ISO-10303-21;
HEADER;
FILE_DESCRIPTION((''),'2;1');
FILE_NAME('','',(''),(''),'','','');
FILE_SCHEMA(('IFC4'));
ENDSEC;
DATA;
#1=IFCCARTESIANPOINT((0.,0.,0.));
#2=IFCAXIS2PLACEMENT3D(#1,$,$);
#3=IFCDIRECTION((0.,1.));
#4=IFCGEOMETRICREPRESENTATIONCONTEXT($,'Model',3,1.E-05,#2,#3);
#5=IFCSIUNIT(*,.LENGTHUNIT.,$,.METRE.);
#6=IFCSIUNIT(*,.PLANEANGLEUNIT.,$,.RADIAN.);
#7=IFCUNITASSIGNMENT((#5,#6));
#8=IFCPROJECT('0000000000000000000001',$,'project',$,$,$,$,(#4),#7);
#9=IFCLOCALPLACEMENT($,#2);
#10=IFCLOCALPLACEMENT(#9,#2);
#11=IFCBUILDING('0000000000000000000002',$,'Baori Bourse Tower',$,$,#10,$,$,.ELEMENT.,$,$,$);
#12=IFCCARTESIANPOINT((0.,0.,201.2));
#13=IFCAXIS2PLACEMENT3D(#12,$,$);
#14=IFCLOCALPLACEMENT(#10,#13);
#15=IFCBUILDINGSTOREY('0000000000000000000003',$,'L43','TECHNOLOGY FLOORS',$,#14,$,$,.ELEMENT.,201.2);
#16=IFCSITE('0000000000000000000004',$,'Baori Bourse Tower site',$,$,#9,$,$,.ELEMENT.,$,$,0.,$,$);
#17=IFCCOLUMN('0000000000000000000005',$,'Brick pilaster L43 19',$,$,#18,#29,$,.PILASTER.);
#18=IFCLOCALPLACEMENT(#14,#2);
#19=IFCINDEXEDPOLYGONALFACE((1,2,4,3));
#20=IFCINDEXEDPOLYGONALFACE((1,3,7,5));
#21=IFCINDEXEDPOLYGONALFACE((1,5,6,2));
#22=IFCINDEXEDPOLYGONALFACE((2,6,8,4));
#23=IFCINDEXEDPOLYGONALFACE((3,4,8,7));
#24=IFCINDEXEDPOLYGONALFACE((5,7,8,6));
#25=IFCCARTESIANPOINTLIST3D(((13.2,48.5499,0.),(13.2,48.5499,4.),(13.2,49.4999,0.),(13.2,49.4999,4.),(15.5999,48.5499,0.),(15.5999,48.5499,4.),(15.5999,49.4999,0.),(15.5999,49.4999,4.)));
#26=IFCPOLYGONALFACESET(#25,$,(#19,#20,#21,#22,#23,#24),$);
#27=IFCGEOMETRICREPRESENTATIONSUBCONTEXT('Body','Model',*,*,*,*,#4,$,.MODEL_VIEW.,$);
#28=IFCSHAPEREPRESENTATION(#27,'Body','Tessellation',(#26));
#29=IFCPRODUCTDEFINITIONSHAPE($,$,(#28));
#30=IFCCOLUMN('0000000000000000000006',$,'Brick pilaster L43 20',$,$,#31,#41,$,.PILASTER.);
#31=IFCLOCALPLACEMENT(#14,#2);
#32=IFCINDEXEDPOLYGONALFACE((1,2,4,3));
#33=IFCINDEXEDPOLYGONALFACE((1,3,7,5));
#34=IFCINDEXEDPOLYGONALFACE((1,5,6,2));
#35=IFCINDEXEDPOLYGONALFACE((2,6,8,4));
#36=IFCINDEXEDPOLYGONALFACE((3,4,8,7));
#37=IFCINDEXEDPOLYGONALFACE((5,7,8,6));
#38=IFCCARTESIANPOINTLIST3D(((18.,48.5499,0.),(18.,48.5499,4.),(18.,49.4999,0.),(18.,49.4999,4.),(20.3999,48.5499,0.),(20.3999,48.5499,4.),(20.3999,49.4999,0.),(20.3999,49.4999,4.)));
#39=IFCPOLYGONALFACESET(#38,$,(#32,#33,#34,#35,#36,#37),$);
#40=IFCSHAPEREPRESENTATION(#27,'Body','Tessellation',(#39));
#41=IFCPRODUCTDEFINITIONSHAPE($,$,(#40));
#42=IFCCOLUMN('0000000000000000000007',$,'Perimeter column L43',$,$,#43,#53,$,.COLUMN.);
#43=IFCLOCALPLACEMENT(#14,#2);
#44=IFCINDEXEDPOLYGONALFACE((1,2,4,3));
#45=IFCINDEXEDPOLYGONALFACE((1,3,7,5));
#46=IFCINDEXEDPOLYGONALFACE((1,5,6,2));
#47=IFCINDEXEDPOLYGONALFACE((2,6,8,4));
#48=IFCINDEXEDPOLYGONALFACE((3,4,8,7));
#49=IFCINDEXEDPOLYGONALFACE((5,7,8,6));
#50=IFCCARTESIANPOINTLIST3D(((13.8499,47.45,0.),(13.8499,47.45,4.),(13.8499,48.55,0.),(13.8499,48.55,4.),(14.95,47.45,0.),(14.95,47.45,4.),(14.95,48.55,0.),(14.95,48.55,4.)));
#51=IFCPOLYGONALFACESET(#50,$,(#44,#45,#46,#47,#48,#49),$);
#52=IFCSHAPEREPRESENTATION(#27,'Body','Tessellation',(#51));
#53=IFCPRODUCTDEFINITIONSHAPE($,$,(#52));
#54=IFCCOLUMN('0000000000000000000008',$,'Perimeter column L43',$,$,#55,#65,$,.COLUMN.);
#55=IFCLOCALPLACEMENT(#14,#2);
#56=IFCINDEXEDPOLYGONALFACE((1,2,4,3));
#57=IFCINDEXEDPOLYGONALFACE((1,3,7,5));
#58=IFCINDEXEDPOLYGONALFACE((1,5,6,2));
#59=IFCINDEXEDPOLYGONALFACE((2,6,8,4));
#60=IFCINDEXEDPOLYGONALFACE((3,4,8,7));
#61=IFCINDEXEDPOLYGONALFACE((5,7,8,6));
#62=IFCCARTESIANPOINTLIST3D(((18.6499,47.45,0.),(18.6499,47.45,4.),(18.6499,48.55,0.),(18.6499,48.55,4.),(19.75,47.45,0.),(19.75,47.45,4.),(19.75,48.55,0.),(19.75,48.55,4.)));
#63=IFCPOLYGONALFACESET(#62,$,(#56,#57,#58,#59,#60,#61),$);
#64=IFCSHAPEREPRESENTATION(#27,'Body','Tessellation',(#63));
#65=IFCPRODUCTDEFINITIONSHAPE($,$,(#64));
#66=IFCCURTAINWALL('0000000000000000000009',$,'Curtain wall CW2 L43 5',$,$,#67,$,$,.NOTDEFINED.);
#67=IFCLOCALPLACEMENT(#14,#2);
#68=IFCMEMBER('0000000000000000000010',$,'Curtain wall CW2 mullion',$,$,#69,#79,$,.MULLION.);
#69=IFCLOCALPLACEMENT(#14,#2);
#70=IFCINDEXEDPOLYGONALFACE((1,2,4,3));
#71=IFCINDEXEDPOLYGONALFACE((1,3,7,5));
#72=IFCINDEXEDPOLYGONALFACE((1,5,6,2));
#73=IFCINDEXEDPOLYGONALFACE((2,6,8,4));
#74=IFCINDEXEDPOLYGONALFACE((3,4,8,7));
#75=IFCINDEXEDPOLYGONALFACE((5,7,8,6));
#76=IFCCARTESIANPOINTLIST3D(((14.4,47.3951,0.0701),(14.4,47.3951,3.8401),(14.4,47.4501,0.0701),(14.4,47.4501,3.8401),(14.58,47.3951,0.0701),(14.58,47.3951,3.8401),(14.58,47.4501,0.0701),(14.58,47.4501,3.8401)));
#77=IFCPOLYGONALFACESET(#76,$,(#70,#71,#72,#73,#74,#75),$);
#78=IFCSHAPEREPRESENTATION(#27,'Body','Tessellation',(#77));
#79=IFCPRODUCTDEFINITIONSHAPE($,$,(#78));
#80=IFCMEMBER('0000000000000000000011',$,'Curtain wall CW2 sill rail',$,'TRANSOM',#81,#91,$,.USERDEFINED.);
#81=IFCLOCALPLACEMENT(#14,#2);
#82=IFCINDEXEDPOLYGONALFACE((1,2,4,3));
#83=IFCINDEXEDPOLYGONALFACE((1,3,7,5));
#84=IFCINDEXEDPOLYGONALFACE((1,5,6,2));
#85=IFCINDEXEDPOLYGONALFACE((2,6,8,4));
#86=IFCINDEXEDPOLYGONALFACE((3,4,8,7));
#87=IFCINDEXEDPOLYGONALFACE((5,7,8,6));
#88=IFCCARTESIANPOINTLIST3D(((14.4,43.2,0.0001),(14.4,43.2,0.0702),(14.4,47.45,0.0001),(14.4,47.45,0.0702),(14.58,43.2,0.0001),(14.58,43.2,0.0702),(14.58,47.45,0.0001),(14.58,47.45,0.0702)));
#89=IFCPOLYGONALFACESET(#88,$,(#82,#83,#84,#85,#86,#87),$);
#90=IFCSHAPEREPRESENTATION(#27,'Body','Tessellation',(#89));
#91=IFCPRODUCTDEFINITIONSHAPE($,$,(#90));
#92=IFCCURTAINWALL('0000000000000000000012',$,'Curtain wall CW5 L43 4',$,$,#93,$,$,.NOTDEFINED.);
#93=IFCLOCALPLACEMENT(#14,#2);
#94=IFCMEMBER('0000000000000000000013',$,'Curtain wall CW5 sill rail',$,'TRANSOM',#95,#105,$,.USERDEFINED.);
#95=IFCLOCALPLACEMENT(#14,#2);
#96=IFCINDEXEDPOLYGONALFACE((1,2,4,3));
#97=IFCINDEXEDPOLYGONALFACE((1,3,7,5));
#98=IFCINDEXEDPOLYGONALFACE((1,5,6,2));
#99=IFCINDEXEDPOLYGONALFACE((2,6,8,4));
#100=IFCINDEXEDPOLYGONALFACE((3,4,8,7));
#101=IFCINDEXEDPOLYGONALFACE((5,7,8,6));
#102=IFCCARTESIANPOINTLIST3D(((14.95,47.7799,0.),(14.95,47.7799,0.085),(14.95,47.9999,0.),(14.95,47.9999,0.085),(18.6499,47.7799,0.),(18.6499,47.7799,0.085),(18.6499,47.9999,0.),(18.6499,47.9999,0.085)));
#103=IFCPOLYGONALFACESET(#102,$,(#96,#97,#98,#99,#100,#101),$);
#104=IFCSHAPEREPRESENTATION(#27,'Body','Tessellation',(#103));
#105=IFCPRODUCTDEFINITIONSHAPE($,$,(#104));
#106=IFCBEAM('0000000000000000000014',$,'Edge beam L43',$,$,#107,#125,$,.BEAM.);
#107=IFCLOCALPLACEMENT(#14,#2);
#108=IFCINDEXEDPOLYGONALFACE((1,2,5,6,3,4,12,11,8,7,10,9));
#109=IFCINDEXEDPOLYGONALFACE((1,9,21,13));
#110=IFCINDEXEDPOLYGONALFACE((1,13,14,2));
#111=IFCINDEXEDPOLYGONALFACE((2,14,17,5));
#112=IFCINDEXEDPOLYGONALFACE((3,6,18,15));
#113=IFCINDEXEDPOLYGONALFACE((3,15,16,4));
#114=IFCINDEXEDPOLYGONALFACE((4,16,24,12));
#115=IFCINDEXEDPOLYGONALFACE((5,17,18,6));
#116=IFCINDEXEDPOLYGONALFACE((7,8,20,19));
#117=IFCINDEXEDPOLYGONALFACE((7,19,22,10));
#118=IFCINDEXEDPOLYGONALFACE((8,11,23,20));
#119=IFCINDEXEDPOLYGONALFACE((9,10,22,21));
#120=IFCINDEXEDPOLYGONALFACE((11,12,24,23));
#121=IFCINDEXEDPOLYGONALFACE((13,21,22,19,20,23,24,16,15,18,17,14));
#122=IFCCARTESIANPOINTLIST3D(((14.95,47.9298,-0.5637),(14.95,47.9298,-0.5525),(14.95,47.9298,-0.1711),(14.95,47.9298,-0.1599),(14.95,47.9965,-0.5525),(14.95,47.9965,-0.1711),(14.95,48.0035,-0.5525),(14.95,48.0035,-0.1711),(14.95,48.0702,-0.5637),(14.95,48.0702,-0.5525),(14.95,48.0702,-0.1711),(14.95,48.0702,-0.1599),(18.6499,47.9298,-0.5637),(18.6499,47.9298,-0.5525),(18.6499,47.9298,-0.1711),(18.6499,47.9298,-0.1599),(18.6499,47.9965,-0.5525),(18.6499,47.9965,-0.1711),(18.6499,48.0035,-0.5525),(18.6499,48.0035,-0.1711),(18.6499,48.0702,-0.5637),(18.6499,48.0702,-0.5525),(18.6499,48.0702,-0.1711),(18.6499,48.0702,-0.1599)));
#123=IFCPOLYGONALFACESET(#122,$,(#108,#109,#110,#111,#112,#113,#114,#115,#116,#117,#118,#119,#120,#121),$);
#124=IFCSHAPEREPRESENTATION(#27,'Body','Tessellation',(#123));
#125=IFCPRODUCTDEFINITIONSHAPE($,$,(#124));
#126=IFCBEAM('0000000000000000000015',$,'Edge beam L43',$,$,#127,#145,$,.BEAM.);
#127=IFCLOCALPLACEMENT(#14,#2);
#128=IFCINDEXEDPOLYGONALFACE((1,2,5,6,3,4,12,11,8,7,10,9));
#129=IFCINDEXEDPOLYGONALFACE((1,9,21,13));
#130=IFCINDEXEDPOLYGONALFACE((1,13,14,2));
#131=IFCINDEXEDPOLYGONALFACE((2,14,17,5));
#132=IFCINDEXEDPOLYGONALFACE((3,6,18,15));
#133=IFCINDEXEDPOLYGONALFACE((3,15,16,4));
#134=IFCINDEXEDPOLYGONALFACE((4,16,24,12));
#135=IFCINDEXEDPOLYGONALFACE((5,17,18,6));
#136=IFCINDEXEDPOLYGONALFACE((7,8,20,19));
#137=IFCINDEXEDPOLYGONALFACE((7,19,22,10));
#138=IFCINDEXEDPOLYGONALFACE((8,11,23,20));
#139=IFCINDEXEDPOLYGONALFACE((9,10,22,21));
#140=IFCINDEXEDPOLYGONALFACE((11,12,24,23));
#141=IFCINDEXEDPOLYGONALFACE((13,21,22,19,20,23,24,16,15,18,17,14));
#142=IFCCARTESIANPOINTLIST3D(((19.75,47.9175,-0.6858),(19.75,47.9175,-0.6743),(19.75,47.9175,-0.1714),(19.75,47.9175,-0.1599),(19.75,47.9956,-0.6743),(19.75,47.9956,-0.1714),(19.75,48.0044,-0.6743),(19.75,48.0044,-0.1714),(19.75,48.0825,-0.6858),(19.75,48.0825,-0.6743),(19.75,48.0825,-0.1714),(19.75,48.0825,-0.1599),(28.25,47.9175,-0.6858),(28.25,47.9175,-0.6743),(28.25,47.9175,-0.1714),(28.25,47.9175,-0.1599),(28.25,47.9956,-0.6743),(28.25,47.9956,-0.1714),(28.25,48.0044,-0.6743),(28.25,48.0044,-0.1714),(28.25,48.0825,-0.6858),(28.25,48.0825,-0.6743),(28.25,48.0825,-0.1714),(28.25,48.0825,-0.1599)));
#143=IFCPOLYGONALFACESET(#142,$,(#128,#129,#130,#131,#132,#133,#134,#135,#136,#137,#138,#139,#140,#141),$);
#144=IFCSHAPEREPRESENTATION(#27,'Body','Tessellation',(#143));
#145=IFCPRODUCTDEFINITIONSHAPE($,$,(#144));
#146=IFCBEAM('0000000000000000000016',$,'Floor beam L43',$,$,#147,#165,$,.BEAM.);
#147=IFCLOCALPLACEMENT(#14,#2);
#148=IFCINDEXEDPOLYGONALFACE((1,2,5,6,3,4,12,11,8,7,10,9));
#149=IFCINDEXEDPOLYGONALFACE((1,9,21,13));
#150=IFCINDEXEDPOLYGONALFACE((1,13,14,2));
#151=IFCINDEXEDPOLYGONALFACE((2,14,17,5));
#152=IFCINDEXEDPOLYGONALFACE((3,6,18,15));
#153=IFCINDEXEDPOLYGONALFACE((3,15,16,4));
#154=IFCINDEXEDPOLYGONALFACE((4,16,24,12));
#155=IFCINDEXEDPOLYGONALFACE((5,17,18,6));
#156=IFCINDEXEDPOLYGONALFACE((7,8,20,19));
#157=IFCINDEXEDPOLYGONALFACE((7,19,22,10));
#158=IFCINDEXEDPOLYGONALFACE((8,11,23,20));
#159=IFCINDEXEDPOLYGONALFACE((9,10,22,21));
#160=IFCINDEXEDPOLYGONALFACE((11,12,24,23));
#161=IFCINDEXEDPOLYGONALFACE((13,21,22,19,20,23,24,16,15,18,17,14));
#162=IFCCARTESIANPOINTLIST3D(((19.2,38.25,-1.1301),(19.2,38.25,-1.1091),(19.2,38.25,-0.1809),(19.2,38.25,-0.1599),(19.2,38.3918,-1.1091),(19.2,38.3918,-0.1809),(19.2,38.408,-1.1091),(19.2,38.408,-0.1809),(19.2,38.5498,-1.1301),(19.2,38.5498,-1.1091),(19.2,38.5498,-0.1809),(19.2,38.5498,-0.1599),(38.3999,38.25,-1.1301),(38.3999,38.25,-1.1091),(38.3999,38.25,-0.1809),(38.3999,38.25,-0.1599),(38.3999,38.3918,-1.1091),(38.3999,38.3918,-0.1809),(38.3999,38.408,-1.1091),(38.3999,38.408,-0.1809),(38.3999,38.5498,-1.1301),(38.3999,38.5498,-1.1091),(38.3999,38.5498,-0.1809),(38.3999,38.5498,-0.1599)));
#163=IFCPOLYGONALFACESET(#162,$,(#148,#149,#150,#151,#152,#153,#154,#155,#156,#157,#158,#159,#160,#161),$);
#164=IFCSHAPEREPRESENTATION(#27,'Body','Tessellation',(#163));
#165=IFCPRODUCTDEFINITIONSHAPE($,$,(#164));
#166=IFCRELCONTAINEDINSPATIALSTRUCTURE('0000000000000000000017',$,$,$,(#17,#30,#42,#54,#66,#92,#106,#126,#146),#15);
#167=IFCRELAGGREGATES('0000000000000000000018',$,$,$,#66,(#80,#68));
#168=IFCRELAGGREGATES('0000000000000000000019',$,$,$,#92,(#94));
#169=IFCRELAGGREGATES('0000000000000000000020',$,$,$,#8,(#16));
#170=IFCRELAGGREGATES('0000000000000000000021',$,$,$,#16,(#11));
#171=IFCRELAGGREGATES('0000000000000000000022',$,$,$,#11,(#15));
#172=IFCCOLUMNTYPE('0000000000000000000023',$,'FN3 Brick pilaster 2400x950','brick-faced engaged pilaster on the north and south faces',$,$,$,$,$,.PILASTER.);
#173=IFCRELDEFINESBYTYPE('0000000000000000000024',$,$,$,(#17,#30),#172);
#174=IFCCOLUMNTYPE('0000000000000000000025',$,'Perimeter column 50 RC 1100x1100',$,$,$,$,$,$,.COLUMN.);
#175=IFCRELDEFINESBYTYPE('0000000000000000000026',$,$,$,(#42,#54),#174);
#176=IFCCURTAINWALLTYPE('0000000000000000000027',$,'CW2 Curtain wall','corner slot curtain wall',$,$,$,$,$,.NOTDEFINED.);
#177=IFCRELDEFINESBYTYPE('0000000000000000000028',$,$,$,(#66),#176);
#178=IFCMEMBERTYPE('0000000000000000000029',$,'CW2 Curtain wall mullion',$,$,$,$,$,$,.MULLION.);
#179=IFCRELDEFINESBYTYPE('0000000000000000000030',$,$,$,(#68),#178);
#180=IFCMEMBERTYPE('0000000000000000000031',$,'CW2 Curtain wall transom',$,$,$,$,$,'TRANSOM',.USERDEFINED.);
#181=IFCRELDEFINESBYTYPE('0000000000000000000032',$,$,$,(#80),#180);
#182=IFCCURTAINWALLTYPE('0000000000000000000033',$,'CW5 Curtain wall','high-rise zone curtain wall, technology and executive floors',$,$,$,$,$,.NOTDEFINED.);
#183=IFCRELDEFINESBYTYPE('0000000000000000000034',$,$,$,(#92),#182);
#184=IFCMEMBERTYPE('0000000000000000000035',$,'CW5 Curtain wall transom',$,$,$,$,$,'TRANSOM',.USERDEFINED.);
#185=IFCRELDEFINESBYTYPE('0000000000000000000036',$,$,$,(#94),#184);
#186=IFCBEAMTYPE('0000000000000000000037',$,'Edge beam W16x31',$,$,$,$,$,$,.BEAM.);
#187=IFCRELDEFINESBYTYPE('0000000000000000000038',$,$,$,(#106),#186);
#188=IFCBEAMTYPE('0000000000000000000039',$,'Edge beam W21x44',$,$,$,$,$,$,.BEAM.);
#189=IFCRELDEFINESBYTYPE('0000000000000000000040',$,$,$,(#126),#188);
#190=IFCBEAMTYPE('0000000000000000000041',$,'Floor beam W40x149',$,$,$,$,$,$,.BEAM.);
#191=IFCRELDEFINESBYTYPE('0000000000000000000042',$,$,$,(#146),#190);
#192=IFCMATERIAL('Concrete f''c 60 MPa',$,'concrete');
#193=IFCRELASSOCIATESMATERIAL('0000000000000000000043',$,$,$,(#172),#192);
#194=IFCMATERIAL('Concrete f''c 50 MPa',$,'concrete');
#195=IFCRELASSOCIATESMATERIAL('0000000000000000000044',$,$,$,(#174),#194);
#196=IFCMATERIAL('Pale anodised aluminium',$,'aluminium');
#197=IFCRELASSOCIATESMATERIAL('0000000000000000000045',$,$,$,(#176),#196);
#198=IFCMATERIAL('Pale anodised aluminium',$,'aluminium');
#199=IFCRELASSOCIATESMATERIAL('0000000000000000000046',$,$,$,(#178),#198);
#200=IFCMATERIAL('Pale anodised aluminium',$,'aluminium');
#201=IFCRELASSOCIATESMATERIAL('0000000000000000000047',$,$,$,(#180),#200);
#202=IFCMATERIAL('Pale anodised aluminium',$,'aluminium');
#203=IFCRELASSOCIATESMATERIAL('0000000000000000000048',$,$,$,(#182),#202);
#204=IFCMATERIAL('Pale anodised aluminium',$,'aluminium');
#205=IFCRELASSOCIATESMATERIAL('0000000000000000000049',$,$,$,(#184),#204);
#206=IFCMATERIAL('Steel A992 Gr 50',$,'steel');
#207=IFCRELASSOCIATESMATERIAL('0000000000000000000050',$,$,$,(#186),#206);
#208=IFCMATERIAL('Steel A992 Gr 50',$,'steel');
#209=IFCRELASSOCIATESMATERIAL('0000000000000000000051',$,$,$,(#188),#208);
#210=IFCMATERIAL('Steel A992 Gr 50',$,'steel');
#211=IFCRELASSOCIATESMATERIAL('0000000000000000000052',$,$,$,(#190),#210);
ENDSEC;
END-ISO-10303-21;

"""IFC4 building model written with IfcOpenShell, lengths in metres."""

from ifc_helpers import new_model, si_unit, direction, frame, origin, origin_2d, place, context, subcontext, project, spatial, rectangle, i_section, extrude, material, material_profile, profile_set, type_object, element, aggregate, save


model = new_model("IFC4")

# Units and contexts
model_context = context("Model", 3, precision=1e-05, world=origin(), true_north=direction((0.0, 1.0)))
body_context = subcontext(model_context, "Body", "Model", "MODEL_VIEW")
ifc_project = project(units=[si_unit("LENGTHUNIT", "METRE"), si_unit("PLANEANGLEUNIT", "RADIAN")], contexts=[model_context])

# Site, building, storey
site_placement = place(None, origin())
site = spatial("IfcSite", under=ifc_project, at=site_placement, Name="Baori Bourse Tower site", CompositionType="ELEMENT", RefElevation=0.0)
building_placement = place(site_placement, origin())
building = spatial("IfcBuilding", under=site, at=building_placement, Name="Baori Bourse Tower", CompositionType="ELEMENT")
storey_placement = place(building_placement, frame((0.0, 0.0, 201.2)))
storey = spatial("IfcBuildingStorey", under=building, at=storey_placement, Name="L43", Description="TECHNOLOGY FLOORS", CompositionType="ELEMENT", Elevation=201.2)

# Columns
ifc_material_1 = material(Name="Concrete f'c 60 MPa", Category="concrete")
ifc_material_profile_1 = material_profile(ifc_material_1, rectangle(XDim=2.3999, YDim=0.95, at=origin_2d()), Name="RC 2400x950")
ifc_profile_set_1 = profile_set([ifc_material_profile_1], Name="Concrete f'c 60 MPa")
column_type_1 = type_object("IfcColumnType", Name="FN3 Brick pilaster 2400x950", Description="brick-faced engaged pilaster on the north and south faces", PredefinedType="PILASTER", material=ifc_profile_set_1)
for number, where, z_axis, x_axis, name in (
    (1, (14.3999, 49.0249, 0.0), (0.0, 0.0, 1.0), (1.0, 0.0, 0.0), "Brick pilaster L43 19"),
    (2, (19.2, 49.0249, 0.0), (0.0, 0.0, 1.0), (1.0, 0.0, 0.0), "Brick pilaster L43 20"),
):
    element("IfcColumn", number, at=place(storey_placement, frame(where, z_axis=z_axis, x_axis=x_axis)), inside=storey, type_object=column_type_1, Name=name, PredefinedType="PILASTER", context=body_context, shape_type="SweptSolid", body=[
        extrude(rectangle(XDim=2.3999, YDim=0.95, at=origin_2d()), origin(), (0.0, 0.0, 1.0), 4.0),
    ])
ifc_material_2 = material(Name="Concrete f'c 50 MPa", Category="concrete")
ifc_material_profile_2 = material_profile(ifc_material_2, rectangle(XDim=1.1001, YDim=1.1001, at=origin_2d()), Name="RC 1100x1100")
ifc_profile_set_2 = profile_set([ifc_material_profile_2], Name="Concrete f'c 50 MPa")
column_type_2 = type_object("IfcColumnType", Name="Perimeter column 50 RC 1100x1100", PredefinedType="COLUMN", material=ifc_profile_set_2)
for number, where, z_axis, x_axis, name in (
    (3, (14.3999, 48.0, 0.0), (0.0, 0.0, 1.0), (1.0, 0.0, 0.0), "Perimeter column L43"),
    (4, (19.2, 48.0, 0.0), (0.0, 0.0, 1.0), (1.0, 0.0, 0.0), "Perimeter column L43"),
):
    element("IfcColumn", number, at=place(storey_placement, frame(where, z_axis=z_axis, x_axis=x_axis)), inside=storey, type_object=column_type_2, Name=name, PredefinedType="COLUMN", context=body_context, shape_type="SweptSolid", body=[
        extrude(rectangle(XDim=1.1001, YDim=1.1001, at=origin_2d()), origin(), (0.0, 0.0, 1.0), 4.0),
    ])

# Curtain wall, members
ifc_material_3 = material(Name="Pale anodised aluminium", Category="aluminium")
curtain_wall_type_1 = type_object("IfcCurtainWallType", Name="CW2 Curtain wall", Description="corner slot curtain wall", PredefinedType="NOTDEFINED", material=ifc_material_3)
curtain_wall_1_placement = place(storey_placement, origin())
curtain_wall_1 = element("IfcCurtainWall", 5, at=curtain_wall_1_placement, inside=storey, type_object=curtain_wall_type_1, Name="Curtain wall CW2 L43 5", PredefinedType="NOTDEFINED")
ifc_material_4 = material(Name="Pale anodised aluminium", Category="aluminium")
ifc_material_profile_3 = material_profile(ifc_material_4, rectangle(XDim=0.1799, YDim=0.0549, at=origin_2d()), Name="Mullion 55x180")
ifc_profile_set_3 = profile_set([ifc_material_profile_3], Name="Pale anodised aluminium")
member_type_1 = type_object("IfcMemberType", Name="CW2 Curtain wall mullion", PredefinedType="MULLION", material=ifc_profile_set_3)
member_1_placement = place(storey_placement, frame((14.49, 47.4226, 0.0701), z_axis=(0.0, 0.0, 1.0), x_axis=(1.0, 0.0, 0.0)))
member_1 = element("IfcMember", 6, at=member_1_placement, type_object=member_type_1, Name="Curtain wall CW2 mullion", PredefinedType="MULLION", context=body_context, shape_type="SweptSolid", body=[
    extrude(rectangle(XDim=0.1799, YDim=0.0549, at=origin_2d()), origin(), (0.0, 0.0, 1.0), 3.77),
])
ifc_material_5 = material(Name="Pale anodised aluminium", Category="aluminium")
ifc_material_profile_4 = material_profile(ifc_material_5, rectangle(XDim=0.1799, YDim=0.0701, at=origin_2d()), Name="Transom 70x180")
ifc_profile_set_4 = profile_set([ifc_material_profile_4], Name="Pale anodised aluminium")
member_type_2 = type_object("IfcMemberType", Name="CW2 Curtain wall transom", ElementType="TRANSOM", PredefinedType="USERDEFINED", material=ifc_profile_set_4)
member_2_placement = place(storey_placement, frame((14.49, 47.45, 0.0352), z_axis=(0.0, -1.0, 0.0), x_axis=(1.0, 0.0, 0.0)))
member_2 = element("IfcMember", 7, at=member_2_placement, type_object=member_type_2, Name="Curtain wall CW2 sill rail", ObjectType="TRANSOM", PredefinedType="USERDEFINED", context=body_context, shape_type="SweptSolid", body=[
    extrude(rectangle(XDim=0.1799, YDim=0.0701, at=origin_2d()), origin(), (0.0, 0.0, 1.0), 4.25),
])

# Curtain wall, member
ifc_material_6 = material(Name="Pale anodised aluminium", Category="aluminium")
curtain_wall_type_2 = type_object("IfcCurtainWallType", Name="CW5 Curtain wall", Description="high-rise zone curtain wall, technology and executive floors", PredefinedType="NOTDEFINED", material=ifc_material_6)
curtain_wall_2_placement = place(storey_placement, origin())
curtain_wall_2 = element("IfcCurtainWall", 8, at=curtain_wall_2_placement, inside=storey, type_object=curtain_wall_type_2, Name="Curtain wall CW5 L43 4", PredefinedType="NOTDEFINED")
ifc_material_7 = material(Name="Pale anodised aluminium", Category="aluminium")
ifc_material_profile_5 = material_profile(ifc_material_7, rectangle(XDim=0.22, YDim=0.085, at=origin_2d()), Name="Transom 85x220")
ifc_profile_set_5 = profile_set([ifc_material_profile_5], Name="Pale anodised aluminium")
member_type_3 = type_object("IfcMemberType", Name="CW5 Curtain wall transom", ElementType="TRANSOM", PredefinedType="USERDEFINED", material=ifc_profile_set_5)
member_3_placement = place(storey_placement, frame((18.6499, 47.8899, 0.0425), z_axis=(-1.0, 0.0, 0.0), x_axis=(0.0, -1.0, 0.0)))
member_3 = element("IfcMember", 9, at=member_3_placement, type_object=member_type_3, Name="Curtain wall CW5 sill rail", ObjectType="TRANSOM", PredefinedType="USERDEFINED", context=body_context, shape_type="SweptSolid", body=[
    extrude(rectangle(XDim=0.22, YDim=0.085, at=origin_2d()), origin(), (0.0, 0.0, 1.0), 3.7),
])

# Beams
ifc_material_8 = material(Name="Steel A992 Gr 50", Category="steel")
ifc_material_profile_6 = material_profile(ifc_material_8, i_section(OverallWidth=0.1404, OverallDepth=0.4038, WebThickness=0.0071, FlangeThickness=0.0112, at=origin_2d()), Name="W16x31")
ifc_profile_set_6 = profile_set([ifc_material_profile_6], Name="Steel A992 Gr 50")
beam_type_1 = type_object("IfcBeamType", Name="Edge beam W16x31", PredefinedType="BEAM", material=ifc_profile_set_6)
beam_1_placement = place(storey_placement, frame((14.95, 48.0, -0.3618), z_axis=(1.0, 0.0, 0.0), x_axis=(0.0, 1.0, 0.0)))
element("IfcBeam", 10, at=beam_1_placement, inside=storey, type_object=beam_type_1, Name="Edge beam L43", PredefinedType="BEAM", context=body_context, shape_type="SweptSolid", body=[
    extrude(i_section(OverallWidth=0.1404, OverallDepth=0.4038, WebThickness=0.0071, FlangeThickness=0.0112, at=origin_2d()), origin(), (0.0, 0.0, 1.0), 3.7),
])
ifc_material_9 = material(Name="Steel A992 Gr 50", Category="steel")
ifc_material_profile_7 = material_profile(ifc_material_9, i_section(OverallWidth=0.165, OverallDepth=0.5259, WebThickness=0.0088, FlangeThickness=0.0115, at=origin_2d()), Name="W21x44")
ifc_profile_set_7 = profile_set([ifc_material_profile_7], Name="Steel A992 Gr 50")
beam_type_2 = type_object("IfcBeamType", Name="Edge beam W21x44", PredefinedType="BEAM", material=ifc_profile_set_7)
beam_2_placement = place(storey_placement, frame((19.75, 48.0, -0.4229), z_axis=(1.0, 0.0, 0.0), x_axis=(0.0, 1.0, 0.0)))
element("IfcBeam", 11, at=beam_2_placement, inside=storey, type_object=beam_type_2, Name="Edge beam L43", PredefinedType="BEAM", context=body_context, shape_type="SweptSolid", body=[
    extrude(i_section(OverallWidth=0.165, OverallDepth=0.5259, WebThickness=0.0088, FlangeThickness=0.0115, at=origin_2d()), origin(), (0.0, 0.0, 1.0), 8.5),
])
ifc_material_10 = material(Name="Steel A992 Gr 50", Category="steel")
ifc_material_profile_8 = material_profile(ifc_material_10, i_section(OverallWidth=0.2998, OverallDepth=0.9702, WebThickness=0.0161, FlangeThickness=0.021, at=origin_2d()), Name="W40x149")
ifc_profile_set_8 = profile_set([ifc_material_profile_8], Name="Steel A992 Gr 50")
beam_type_3 = type_object("IfcBeamType", Name="Floor beam W40x149", PredefinedType="BEAM", material=ifc_profile_set_8)
beam_3_placement = place(storey_placement, frame((19.2, 38.3999, -0.645), z_axis=(1.0, 0.0, 0.0), x_axis=(0.0, 1.0, 0.0)))
element("IfcBeam", 12, at=beam_3_placement, inside=storey, type_object=beam_type_3, Name="Floor beam L43", PredefinedType="BEAM", context=body_context, shape_type="SweptSolid", body=[
    extrude(i_section(OverallWidth=0.2998, OverallDepth=0.9702, WebThickness=0.0161, FlangeThickness=0.021, at=origin_2d()), origin(), (0.0, 0.0, 1.0), 19.2),
])

aggregate(curtain_wall_1, [member_2, member_1])
aggregate(curtain_wall_2, [member_3])

save(model, "model.ifc")
